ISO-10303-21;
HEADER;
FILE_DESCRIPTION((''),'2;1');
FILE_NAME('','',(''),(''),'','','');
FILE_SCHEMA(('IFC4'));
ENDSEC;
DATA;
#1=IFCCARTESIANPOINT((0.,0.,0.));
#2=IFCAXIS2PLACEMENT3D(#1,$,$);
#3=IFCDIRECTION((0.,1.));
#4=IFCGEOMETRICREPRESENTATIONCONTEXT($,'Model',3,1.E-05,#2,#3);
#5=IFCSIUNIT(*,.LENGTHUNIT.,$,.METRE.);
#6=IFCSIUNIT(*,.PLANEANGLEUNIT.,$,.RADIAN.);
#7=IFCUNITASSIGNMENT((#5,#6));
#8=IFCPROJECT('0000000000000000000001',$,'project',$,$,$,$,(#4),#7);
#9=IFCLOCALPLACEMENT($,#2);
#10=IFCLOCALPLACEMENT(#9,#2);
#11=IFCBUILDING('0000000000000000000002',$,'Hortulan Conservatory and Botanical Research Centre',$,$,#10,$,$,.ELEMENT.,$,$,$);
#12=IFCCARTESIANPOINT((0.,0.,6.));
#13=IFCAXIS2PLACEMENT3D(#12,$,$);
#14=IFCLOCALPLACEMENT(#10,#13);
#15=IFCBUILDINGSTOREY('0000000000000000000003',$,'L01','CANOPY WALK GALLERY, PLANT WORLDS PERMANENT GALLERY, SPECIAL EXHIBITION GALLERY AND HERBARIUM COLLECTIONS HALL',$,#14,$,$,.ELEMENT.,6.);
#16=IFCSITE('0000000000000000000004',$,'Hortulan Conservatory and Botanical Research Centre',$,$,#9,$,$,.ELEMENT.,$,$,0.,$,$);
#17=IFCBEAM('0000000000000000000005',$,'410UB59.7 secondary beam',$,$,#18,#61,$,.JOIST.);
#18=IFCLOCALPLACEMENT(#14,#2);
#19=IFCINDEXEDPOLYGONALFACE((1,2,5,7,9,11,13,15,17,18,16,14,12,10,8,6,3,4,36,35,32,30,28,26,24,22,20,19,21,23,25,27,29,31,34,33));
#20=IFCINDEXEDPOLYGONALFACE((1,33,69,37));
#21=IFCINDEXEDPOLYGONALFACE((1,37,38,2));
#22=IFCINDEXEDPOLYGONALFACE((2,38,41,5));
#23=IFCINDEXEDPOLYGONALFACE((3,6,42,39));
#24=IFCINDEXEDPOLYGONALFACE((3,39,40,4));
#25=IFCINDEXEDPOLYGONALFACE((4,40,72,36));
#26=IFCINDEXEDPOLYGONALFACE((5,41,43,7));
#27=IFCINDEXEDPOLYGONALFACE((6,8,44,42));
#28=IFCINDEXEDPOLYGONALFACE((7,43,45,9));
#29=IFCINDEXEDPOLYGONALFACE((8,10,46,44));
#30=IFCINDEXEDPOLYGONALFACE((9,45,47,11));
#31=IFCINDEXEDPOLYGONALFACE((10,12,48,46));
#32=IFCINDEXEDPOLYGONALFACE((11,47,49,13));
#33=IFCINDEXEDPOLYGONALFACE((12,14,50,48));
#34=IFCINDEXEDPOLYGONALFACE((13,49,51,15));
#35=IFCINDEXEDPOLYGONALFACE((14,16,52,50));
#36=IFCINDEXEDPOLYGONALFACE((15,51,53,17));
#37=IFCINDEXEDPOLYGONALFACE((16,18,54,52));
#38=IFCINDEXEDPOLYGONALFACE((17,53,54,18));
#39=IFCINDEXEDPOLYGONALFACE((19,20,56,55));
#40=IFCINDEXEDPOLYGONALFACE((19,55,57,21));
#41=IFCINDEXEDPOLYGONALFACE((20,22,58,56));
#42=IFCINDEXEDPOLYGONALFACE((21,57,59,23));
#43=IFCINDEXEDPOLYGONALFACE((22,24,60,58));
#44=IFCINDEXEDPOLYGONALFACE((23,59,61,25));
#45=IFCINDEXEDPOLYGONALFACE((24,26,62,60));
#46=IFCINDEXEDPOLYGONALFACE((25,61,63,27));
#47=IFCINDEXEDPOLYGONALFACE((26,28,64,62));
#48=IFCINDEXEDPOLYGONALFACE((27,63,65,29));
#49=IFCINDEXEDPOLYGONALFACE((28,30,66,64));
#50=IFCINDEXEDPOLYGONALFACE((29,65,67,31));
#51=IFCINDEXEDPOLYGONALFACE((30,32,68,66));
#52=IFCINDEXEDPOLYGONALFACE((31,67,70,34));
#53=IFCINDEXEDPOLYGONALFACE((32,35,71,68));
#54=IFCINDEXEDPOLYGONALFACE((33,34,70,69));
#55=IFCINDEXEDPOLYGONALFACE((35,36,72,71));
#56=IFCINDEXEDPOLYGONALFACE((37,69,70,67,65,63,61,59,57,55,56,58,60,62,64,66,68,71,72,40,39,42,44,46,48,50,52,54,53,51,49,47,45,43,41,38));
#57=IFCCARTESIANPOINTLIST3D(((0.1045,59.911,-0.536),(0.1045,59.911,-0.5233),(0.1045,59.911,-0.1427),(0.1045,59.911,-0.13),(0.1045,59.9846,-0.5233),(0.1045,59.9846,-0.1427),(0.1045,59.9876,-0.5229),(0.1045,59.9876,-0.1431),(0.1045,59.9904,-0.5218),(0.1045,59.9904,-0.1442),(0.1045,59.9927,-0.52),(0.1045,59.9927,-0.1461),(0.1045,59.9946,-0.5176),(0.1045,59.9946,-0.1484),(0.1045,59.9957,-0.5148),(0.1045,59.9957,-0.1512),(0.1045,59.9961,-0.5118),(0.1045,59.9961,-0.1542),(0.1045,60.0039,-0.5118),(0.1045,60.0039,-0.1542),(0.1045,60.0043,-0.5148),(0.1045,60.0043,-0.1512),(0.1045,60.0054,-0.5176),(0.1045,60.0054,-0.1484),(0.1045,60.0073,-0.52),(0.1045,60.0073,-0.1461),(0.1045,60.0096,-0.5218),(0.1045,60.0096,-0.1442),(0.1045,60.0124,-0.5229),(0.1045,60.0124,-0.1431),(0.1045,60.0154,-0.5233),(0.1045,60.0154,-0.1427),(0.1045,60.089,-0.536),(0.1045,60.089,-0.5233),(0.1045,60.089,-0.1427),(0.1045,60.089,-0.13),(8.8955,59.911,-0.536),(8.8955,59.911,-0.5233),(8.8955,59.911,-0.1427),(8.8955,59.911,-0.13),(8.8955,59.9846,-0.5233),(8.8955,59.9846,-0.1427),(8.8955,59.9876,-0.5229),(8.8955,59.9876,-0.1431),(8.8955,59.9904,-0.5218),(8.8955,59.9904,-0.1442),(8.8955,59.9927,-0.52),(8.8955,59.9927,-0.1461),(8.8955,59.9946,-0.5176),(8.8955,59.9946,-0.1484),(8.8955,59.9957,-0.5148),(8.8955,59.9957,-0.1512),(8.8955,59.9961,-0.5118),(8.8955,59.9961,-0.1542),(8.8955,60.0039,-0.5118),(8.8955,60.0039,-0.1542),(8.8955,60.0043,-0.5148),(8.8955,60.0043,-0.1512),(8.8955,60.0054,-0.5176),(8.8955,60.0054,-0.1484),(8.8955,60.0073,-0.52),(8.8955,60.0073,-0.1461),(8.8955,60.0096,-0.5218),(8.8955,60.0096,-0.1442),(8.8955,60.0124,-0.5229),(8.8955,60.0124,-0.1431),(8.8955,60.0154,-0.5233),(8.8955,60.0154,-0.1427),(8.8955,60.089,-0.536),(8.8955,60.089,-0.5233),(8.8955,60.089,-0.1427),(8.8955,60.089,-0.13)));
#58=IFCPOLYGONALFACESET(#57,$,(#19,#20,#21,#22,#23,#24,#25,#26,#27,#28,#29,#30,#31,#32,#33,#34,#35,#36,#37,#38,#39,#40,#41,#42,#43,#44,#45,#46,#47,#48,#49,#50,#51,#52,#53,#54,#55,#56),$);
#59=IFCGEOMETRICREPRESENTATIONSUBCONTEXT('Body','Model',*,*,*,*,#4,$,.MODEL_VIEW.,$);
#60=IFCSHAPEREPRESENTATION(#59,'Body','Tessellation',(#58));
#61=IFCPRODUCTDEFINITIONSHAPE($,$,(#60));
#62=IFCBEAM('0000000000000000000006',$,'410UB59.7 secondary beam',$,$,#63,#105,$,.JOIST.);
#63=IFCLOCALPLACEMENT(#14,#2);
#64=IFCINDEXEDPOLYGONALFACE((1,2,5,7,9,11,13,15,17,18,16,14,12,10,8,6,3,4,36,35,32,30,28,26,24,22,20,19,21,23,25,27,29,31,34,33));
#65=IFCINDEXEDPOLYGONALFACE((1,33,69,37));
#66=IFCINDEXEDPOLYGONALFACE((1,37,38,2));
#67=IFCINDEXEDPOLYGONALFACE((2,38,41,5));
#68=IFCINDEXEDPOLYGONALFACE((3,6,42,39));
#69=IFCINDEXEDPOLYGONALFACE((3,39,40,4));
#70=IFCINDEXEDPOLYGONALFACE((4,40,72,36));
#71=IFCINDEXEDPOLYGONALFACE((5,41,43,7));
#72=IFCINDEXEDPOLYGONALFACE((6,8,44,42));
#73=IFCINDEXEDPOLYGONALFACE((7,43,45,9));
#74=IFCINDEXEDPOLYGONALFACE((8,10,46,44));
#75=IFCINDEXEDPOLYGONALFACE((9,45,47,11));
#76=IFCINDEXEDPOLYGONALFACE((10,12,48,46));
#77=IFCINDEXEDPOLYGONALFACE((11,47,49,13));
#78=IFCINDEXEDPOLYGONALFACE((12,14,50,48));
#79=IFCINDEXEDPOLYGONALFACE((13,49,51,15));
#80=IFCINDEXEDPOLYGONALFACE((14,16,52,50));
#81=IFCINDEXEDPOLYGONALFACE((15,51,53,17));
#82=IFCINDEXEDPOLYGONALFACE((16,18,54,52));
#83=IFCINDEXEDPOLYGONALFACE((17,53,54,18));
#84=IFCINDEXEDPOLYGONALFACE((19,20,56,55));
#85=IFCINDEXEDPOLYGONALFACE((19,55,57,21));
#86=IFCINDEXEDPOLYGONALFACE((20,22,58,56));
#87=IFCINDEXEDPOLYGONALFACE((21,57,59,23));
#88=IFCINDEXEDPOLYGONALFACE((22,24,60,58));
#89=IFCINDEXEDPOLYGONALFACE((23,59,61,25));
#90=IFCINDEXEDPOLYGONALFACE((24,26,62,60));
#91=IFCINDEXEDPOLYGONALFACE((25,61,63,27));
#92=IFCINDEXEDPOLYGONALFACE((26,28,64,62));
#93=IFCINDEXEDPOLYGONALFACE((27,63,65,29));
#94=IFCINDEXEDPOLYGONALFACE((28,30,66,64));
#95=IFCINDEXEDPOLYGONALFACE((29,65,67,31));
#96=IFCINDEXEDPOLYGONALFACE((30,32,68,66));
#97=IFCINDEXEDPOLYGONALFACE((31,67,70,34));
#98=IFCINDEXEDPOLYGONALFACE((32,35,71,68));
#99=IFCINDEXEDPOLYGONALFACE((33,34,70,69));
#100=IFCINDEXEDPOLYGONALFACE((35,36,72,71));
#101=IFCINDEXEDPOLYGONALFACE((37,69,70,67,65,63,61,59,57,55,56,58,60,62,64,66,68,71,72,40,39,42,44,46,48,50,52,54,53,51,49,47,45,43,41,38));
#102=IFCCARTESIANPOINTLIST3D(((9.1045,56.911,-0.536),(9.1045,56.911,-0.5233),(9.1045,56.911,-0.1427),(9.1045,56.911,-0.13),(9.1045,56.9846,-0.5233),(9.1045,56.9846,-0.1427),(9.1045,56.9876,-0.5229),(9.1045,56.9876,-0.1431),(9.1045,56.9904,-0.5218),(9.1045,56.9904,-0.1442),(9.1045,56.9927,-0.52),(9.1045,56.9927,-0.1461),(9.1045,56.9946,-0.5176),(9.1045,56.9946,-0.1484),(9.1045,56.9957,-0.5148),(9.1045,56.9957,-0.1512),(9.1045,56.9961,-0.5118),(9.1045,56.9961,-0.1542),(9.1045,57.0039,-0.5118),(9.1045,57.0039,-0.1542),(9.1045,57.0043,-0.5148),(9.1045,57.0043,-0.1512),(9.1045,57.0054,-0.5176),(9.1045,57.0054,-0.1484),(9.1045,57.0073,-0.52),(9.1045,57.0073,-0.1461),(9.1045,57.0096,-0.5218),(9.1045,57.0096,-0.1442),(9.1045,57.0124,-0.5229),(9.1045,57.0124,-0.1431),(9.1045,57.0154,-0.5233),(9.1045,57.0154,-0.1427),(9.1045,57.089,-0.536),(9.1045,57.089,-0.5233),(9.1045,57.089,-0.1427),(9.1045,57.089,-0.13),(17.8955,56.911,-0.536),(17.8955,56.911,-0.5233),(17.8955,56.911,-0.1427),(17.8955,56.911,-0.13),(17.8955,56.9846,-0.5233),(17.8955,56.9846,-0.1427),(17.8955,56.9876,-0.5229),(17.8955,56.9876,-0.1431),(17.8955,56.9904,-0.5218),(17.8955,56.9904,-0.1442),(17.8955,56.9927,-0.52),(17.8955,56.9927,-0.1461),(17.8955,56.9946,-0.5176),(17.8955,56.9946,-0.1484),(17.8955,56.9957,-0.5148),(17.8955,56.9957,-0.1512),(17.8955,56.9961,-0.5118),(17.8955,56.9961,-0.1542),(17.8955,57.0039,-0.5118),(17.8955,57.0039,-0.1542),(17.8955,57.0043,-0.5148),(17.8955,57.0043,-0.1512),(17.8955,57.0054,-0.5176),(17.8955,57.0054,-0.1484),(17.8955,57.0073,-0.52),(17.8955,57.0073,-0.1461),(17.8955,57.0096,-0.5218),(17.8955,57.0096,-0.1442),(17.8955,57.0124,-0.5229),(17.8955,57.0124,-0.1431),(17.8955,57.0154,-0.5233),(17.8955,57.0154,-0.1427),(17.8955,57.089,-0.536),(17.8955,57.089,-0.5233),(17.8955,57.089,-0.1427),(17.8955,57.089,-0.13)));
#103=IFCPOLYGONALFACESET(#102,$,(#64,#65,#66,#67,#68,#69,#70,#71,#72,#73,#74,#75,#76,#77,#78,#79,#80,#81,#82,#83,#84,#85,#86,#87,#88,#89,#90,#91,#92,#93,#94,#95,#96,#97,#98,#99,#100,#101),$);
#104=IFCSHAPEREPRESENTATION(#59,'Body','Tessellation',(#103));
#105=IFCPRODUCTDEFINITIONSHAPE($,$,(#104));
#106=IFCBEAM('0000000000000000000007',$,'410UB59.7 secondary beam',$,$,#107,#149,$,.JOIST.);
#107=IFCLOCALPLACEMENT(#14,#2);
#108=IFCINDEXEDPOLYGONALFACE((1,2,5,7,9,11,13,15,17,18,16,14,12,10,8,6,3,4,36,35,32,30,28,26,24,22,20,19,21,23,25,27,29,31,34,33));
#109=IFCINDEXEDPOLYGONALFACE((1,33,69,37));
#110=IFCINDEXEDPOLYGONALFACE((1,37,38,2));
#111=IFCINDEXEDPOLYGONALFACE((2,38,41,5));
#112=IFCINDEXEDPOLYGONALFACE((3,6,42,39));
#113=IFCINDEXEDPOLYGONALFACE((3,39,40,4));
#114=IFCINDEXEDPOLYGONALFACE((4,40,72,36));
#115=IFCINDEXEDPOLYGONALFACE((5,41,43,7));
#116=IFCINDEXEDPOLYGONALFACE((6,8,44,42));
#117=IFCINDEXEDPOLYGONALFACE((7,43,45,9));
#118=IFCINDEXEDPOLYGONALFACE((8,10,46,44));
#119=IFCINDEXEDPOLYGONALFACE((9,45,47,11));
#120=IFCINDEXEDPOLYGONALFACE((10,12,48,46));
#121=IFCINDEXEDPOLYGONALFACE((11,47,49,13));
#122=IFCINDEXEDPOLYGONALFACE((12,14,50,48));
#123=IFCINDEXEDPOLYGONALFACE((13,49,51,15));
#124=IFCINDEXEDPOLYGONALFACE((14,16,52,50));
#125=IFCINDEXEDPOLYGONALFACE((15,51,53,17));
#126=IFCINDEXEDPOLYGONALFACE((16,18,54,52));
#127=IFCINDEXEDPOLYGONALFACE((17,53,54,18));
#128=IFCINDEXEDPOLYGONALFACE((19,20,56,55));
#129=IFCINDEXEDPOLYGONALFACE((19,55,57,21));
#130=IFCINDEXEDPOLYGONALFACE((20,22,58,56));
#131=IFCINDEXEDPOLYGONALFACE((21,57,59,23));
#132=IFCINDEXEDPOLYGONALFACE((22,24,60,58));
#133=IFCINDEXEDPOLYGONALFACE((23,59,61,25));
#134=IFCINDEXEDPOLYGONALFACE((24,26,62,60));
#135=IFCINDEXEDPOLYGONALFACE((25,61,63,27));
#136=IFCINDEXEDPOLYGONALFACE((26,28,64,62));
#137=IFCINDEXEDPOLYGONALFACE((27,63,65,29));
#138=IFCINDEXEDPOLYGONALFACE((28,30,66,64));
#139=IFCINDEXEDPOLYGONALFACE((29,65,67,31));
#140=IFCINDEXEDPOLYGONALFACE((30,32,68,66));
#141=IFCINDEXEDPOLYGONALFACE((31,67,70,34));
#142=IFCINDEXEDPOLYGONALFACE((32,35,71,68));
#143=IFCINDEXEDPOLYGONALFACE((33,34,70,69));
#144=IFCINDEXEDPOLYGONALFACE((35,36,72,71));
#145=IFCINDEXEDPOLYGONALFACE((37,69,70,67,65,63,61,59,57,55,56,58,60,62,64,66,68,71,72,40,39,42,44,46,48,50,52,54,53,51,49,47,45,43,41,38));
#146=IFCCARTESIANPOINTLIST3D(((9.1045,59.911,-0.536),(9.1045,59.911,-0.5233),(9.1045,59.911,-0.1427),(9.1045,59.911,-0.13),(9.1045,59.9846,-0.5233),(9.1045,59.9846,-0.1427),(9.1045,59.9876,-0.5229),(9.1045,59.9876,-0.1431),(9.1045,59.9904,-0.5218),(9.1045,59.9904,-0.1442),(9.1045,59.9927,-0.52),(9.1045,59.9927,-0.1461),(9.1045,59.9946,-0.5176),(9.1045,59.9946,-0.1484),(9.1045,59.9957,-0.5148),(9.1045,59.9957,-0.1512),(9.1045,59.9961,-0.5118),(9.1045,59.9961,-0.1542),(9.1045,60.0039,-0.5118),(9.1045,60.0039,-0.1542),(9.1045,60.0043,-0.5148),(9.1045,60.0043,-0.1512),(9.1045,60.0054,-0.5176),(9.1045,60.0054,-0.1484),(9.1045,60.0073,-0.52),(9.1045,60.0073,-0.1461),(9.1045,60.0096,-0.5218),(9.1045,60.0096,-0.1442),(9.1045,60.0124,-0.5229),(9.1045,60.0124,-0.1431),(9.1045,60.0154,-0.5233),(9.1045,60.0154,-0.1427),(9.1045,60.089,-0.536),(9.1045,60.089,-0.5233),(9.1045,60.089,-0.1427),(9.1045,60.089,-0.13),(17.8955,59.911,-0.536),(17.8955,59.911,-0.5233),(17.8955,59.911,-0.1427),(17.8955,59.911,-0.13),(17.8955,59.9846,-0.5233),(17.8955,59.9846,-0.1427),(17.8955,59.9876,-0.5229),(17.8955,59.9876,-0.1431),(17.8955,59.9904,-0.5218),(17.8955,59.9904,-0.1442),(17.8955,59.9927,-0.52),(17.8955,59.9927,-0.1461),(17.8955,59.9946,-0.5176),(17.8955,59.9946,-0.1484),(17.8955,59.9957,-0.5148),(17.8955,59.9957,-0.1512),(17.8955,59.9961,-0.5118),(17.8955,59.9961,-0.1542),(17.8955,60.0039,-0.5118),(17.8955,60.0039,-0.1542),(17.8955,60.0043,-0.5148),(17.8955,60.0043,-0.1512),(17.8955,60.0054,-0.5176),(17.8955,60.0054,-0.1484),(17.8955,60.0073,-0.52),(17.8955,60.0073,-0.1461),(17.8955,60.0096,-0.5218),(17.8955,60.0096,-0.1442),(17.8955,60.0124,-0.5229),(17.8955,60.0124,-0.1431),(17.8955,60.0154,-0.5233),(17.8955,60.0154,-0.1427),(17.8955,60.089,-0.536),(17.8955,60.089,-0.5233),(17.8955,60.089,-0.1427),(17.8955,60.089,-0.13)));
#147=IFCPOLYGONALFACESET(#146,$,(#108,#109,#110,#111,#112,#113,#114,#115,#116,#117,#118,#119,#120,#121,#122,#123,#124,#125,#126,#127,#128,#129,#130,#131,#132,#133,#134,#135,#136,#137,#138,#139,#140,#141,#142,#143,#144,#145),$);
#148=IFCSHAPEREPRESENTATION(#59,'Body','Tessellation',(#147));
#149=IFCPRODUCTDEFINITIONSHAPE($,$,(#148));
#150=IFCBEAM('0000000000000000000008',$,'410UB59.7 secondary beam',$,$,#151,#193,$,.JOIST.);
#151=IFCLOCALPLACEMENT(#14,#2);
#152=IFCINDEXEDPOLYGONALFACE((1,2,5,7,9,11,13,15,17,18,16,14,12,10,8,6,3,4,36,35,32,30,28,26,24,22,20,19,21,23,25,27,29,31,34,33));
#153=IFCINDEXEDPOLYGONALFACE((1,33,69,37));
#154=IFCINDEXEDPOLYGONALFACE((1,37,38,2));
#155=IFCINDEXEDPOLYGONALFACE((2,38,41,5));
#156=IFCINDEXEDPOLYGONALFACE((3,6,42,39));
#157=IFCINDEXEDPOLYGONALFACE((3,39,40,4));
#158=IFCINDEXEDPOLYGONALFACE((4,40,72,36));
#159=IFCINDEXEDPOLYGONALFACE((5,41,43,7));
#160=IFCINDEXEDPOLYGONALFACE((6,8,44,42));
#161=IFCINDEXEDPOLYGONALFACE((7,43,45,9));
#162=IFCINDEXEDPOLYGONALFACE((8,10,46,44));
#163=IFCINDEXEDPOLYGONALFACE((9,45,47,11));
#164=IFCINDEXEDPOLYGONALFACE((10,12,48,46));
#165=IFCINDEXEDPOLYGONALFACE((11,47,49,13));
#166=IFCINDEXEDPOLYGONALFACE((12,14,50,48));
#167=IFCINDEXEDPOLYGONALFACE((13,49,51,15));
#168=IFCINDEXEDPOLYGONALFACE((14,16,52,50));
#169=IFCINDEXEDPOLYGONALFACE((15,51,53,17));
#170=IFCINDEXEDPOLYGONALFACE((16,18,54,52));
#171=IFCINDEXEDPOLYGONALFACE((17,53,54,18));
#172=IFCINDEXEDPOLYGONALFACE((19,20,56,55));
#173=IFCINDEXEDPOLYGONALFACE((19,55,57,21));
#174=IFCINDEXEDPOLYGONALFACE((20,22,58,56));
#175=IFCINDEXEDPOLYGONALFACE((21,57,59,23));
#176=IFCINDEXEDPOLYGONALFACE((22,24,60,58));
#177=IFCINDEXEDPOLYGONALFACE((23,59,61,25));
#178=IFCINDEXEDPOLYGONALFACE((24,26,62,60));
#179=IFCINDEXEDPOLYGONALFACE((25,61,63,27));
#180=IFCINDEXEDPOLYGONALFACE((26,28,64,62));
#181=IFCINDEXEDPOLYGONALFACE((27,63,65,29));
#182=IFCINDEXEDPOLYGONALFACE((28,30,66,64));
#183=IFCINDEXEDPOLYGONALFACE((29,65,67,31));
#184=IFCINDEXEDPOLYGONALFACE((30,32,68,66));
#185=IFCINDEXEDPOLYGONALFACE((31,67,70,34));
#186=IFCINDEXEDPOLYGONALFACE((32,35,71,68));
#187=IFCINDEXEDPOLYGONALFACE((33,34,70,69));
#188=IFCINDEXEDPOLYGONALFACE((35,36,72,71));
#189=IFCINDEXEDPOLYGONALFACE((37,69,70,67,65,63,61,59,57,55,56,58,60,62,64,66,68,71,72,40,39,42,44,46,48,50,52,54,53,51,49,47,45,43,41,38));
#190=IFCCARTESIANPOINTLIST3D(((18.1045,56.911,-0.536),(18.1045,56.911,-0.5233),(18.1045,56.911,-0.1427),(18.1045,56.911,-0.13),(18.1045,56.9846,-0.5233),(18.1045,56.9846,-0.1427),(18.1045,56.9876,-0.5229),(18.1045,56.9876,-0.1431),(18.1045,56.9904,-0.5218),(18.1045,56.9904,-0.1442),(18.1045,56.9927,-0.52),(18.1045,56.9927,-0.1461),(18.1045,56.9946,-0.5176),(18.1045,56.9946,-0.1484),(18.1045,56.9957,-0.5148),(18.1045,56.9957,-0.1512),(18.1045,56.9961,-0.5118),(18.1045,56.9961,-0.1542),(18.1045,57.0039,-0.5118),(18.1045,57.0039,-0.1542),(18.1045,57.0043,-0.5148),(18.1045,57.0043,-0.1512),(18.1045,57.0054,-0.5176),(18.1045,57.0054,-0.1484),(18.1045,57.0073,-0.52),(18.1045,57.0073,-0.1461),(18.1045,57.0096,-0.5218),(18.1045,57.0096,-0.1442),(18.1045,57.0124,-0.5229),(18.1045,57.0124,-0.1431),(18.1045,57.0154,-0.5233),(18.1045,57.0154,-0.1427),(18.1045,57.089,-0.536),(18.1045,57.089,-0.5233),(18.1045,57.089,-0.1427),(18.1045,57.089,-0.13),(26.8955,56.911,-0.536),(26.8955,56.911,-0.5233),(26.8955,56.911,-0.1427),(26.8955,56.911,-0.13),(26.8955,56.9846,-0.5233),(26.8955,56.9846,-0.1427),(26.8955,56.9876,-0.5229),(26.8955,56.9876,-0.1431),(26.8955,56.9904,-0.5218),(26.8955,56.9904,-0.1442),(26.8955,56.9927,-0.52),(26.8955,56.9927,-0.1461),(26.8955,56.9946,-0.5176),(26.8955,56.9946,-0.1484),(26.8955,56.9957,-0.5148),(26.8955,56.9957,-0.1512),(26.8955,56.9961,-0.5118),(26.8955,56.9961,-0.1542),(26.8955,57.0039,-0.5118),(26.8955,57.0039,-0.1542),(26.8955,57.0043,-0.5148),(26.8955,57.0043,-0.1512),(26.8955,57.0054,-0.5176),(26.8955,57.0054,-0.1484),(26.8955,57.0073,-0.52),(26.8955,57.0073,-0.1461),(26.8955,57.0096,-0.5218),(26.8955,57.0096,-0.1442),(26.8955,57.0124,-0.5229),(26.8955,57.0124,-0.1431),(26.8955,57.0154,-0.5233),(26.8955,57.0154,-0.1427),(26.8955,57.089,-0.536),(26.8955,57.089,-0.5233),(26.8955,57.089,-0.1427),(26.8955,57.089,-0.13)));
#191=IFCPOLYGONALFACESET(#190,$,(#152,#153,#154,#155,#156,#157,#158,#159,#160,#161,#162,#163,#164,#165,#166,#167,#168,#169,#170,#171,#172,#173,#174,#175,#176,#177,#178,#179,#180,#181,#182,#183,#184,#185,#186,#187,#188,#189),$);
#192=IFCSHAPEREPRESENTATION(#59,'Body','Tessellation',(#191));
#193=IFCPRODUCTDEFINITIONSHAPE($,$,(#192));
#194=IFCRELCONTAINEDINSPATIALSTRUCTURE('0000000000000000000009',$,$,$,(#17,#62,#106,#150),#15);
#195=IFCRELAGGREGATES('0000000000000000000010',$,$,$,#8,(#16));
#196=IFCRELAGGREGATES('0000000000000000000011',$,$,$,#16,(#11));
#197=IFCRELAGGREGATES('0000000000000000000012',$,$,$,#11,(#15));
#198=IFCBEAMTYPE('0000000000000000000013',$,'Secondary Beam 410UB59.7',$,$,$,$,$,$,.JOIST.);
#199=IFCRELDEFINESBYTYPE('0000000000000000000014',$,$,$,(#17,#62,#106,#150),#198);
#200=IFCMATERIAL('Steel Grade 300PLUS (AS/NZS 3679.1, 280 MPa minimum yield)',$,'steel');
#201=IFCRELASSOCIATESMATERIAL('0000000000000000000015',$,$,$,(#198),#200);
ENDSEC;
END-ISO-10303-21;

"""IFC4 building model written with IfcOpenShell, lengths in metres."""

from ifc_helpers import new_model, si_unit, direction, frame, origin, origin_2d, place, context, subcontext, project, spatial, i_section, extrude, material, material_profile, profile_set, type_object, element, save


model = new_model("IFC4")

# Units and contexts
model_context = context("Model", 3, precision=1e-05, world=origin(), true_north=direction((0.0, 1.0)))
body_context = subcontext(model_context, "Body", "Model", "MODEL_VIEW")
ifc_project = project(units=[si_unit("LENGTHUNIT", "METRE"), si_unit("PLANEANGLEUNIT", "RADIAN")], contexts=[model_context])

# Site, building, storey
site_placement = place(None, origin())
site = spatial("IfcSite", under=ifc_project, at=site_placement, Name="Hortulan Conservatory and Botanical Research Centre", CompositionType="ELEMENT", RefElevation=0.0)
building_placement = place(site_placement, origin())
building = spatial("IfcBuilding", under=site, at=building_placement, Name="Hortulan Conservatory and Botanical Research Centre", CompositionType="ELEMENT")
storey_placement = place(building_placement, frame((0.0, 0.0, 6.0)))
storey = spatial("IfcBuildingStorey", under=building, at=storey_placement, Name="L01", Description="CANOPY WALK GALLERY, PLANT WORLDS PERMANENT GALLERY, SPECIAL EXHIBITION GALLERY AND HERBARIUM COLLECTIONS HALL", CompositionType="ELEMENT", Elevation=6.0)

# Shared definitions
ifc_material_1 = material(Name="Steel Grade 300PLUS (AS/NZS 3679.1, 280 MPa minimum yield)", Category="steel")

# Beams
ifc_material_profile_1 = material_profile(ifc_material_1, i_section(OverallWidth=0.178, OverallDepth=0.406, WebThickness=0.0078, FlangeThickness=0.0127, FilletRadius=0.0115, at=origin_2d()), Name="410UB59.7")
ifc_profile_set_1 = profile_set([ifc_material_profile_1], Name="Steel Grade 300PLUS (AS/NZS 3679.1, 280 MPa minimum yield)")
beam_type_1 = type_object("IfcBeamType", Name="Secondary Beam 410UB59.7", PredefinedType="JOIST", material=ifc_profile_set_1)
for number, where, z_axis, x_axis, name in (
    (1, (0.1045, 60.0, -0.333), (1.0, 0.0, 0.0), (0.0, 1.0, 0.0), "410UB59.7 secondary beam"),
    (2, (9.1045, 57.0, -0.333), (1.0, 0.0, 0.0), (0.0, 1.0, 0.0), "410UB59.7 secondary beam"),
    (3, (9.1045, 60.0, -0.333), (1.0, 0.0, 0.0), (0.0, 1.0, 0.0), "410UB59.7 secondary beam"),
    (4, (18.1045, 57.0, -0.333), (1.0, 0.0, 0.0), (0.0, 1.0, 0.0), "410UB59.7 secondary beam"),
):
    element("IfcBeam", number, at=place(storey_placement, frame(where, z_axis=z_axis, x_axis=x_axis)), inside=storey, type_object=beam_type_1, Name=name, PredefinedType="JOIST", context=body_context, shape_type="SweptSolid", body=[
        extrude(i_section(OverallWidth=0.178, OverallDepth=0.406, WebThickness=0.0078, FlangeThickness=0.0127, FilletRadius=0.0115, at=origin_2d()), origin(), (0.0, 0.0, 1.0), 8.791),
    ])

save(model, "model.ifc")
